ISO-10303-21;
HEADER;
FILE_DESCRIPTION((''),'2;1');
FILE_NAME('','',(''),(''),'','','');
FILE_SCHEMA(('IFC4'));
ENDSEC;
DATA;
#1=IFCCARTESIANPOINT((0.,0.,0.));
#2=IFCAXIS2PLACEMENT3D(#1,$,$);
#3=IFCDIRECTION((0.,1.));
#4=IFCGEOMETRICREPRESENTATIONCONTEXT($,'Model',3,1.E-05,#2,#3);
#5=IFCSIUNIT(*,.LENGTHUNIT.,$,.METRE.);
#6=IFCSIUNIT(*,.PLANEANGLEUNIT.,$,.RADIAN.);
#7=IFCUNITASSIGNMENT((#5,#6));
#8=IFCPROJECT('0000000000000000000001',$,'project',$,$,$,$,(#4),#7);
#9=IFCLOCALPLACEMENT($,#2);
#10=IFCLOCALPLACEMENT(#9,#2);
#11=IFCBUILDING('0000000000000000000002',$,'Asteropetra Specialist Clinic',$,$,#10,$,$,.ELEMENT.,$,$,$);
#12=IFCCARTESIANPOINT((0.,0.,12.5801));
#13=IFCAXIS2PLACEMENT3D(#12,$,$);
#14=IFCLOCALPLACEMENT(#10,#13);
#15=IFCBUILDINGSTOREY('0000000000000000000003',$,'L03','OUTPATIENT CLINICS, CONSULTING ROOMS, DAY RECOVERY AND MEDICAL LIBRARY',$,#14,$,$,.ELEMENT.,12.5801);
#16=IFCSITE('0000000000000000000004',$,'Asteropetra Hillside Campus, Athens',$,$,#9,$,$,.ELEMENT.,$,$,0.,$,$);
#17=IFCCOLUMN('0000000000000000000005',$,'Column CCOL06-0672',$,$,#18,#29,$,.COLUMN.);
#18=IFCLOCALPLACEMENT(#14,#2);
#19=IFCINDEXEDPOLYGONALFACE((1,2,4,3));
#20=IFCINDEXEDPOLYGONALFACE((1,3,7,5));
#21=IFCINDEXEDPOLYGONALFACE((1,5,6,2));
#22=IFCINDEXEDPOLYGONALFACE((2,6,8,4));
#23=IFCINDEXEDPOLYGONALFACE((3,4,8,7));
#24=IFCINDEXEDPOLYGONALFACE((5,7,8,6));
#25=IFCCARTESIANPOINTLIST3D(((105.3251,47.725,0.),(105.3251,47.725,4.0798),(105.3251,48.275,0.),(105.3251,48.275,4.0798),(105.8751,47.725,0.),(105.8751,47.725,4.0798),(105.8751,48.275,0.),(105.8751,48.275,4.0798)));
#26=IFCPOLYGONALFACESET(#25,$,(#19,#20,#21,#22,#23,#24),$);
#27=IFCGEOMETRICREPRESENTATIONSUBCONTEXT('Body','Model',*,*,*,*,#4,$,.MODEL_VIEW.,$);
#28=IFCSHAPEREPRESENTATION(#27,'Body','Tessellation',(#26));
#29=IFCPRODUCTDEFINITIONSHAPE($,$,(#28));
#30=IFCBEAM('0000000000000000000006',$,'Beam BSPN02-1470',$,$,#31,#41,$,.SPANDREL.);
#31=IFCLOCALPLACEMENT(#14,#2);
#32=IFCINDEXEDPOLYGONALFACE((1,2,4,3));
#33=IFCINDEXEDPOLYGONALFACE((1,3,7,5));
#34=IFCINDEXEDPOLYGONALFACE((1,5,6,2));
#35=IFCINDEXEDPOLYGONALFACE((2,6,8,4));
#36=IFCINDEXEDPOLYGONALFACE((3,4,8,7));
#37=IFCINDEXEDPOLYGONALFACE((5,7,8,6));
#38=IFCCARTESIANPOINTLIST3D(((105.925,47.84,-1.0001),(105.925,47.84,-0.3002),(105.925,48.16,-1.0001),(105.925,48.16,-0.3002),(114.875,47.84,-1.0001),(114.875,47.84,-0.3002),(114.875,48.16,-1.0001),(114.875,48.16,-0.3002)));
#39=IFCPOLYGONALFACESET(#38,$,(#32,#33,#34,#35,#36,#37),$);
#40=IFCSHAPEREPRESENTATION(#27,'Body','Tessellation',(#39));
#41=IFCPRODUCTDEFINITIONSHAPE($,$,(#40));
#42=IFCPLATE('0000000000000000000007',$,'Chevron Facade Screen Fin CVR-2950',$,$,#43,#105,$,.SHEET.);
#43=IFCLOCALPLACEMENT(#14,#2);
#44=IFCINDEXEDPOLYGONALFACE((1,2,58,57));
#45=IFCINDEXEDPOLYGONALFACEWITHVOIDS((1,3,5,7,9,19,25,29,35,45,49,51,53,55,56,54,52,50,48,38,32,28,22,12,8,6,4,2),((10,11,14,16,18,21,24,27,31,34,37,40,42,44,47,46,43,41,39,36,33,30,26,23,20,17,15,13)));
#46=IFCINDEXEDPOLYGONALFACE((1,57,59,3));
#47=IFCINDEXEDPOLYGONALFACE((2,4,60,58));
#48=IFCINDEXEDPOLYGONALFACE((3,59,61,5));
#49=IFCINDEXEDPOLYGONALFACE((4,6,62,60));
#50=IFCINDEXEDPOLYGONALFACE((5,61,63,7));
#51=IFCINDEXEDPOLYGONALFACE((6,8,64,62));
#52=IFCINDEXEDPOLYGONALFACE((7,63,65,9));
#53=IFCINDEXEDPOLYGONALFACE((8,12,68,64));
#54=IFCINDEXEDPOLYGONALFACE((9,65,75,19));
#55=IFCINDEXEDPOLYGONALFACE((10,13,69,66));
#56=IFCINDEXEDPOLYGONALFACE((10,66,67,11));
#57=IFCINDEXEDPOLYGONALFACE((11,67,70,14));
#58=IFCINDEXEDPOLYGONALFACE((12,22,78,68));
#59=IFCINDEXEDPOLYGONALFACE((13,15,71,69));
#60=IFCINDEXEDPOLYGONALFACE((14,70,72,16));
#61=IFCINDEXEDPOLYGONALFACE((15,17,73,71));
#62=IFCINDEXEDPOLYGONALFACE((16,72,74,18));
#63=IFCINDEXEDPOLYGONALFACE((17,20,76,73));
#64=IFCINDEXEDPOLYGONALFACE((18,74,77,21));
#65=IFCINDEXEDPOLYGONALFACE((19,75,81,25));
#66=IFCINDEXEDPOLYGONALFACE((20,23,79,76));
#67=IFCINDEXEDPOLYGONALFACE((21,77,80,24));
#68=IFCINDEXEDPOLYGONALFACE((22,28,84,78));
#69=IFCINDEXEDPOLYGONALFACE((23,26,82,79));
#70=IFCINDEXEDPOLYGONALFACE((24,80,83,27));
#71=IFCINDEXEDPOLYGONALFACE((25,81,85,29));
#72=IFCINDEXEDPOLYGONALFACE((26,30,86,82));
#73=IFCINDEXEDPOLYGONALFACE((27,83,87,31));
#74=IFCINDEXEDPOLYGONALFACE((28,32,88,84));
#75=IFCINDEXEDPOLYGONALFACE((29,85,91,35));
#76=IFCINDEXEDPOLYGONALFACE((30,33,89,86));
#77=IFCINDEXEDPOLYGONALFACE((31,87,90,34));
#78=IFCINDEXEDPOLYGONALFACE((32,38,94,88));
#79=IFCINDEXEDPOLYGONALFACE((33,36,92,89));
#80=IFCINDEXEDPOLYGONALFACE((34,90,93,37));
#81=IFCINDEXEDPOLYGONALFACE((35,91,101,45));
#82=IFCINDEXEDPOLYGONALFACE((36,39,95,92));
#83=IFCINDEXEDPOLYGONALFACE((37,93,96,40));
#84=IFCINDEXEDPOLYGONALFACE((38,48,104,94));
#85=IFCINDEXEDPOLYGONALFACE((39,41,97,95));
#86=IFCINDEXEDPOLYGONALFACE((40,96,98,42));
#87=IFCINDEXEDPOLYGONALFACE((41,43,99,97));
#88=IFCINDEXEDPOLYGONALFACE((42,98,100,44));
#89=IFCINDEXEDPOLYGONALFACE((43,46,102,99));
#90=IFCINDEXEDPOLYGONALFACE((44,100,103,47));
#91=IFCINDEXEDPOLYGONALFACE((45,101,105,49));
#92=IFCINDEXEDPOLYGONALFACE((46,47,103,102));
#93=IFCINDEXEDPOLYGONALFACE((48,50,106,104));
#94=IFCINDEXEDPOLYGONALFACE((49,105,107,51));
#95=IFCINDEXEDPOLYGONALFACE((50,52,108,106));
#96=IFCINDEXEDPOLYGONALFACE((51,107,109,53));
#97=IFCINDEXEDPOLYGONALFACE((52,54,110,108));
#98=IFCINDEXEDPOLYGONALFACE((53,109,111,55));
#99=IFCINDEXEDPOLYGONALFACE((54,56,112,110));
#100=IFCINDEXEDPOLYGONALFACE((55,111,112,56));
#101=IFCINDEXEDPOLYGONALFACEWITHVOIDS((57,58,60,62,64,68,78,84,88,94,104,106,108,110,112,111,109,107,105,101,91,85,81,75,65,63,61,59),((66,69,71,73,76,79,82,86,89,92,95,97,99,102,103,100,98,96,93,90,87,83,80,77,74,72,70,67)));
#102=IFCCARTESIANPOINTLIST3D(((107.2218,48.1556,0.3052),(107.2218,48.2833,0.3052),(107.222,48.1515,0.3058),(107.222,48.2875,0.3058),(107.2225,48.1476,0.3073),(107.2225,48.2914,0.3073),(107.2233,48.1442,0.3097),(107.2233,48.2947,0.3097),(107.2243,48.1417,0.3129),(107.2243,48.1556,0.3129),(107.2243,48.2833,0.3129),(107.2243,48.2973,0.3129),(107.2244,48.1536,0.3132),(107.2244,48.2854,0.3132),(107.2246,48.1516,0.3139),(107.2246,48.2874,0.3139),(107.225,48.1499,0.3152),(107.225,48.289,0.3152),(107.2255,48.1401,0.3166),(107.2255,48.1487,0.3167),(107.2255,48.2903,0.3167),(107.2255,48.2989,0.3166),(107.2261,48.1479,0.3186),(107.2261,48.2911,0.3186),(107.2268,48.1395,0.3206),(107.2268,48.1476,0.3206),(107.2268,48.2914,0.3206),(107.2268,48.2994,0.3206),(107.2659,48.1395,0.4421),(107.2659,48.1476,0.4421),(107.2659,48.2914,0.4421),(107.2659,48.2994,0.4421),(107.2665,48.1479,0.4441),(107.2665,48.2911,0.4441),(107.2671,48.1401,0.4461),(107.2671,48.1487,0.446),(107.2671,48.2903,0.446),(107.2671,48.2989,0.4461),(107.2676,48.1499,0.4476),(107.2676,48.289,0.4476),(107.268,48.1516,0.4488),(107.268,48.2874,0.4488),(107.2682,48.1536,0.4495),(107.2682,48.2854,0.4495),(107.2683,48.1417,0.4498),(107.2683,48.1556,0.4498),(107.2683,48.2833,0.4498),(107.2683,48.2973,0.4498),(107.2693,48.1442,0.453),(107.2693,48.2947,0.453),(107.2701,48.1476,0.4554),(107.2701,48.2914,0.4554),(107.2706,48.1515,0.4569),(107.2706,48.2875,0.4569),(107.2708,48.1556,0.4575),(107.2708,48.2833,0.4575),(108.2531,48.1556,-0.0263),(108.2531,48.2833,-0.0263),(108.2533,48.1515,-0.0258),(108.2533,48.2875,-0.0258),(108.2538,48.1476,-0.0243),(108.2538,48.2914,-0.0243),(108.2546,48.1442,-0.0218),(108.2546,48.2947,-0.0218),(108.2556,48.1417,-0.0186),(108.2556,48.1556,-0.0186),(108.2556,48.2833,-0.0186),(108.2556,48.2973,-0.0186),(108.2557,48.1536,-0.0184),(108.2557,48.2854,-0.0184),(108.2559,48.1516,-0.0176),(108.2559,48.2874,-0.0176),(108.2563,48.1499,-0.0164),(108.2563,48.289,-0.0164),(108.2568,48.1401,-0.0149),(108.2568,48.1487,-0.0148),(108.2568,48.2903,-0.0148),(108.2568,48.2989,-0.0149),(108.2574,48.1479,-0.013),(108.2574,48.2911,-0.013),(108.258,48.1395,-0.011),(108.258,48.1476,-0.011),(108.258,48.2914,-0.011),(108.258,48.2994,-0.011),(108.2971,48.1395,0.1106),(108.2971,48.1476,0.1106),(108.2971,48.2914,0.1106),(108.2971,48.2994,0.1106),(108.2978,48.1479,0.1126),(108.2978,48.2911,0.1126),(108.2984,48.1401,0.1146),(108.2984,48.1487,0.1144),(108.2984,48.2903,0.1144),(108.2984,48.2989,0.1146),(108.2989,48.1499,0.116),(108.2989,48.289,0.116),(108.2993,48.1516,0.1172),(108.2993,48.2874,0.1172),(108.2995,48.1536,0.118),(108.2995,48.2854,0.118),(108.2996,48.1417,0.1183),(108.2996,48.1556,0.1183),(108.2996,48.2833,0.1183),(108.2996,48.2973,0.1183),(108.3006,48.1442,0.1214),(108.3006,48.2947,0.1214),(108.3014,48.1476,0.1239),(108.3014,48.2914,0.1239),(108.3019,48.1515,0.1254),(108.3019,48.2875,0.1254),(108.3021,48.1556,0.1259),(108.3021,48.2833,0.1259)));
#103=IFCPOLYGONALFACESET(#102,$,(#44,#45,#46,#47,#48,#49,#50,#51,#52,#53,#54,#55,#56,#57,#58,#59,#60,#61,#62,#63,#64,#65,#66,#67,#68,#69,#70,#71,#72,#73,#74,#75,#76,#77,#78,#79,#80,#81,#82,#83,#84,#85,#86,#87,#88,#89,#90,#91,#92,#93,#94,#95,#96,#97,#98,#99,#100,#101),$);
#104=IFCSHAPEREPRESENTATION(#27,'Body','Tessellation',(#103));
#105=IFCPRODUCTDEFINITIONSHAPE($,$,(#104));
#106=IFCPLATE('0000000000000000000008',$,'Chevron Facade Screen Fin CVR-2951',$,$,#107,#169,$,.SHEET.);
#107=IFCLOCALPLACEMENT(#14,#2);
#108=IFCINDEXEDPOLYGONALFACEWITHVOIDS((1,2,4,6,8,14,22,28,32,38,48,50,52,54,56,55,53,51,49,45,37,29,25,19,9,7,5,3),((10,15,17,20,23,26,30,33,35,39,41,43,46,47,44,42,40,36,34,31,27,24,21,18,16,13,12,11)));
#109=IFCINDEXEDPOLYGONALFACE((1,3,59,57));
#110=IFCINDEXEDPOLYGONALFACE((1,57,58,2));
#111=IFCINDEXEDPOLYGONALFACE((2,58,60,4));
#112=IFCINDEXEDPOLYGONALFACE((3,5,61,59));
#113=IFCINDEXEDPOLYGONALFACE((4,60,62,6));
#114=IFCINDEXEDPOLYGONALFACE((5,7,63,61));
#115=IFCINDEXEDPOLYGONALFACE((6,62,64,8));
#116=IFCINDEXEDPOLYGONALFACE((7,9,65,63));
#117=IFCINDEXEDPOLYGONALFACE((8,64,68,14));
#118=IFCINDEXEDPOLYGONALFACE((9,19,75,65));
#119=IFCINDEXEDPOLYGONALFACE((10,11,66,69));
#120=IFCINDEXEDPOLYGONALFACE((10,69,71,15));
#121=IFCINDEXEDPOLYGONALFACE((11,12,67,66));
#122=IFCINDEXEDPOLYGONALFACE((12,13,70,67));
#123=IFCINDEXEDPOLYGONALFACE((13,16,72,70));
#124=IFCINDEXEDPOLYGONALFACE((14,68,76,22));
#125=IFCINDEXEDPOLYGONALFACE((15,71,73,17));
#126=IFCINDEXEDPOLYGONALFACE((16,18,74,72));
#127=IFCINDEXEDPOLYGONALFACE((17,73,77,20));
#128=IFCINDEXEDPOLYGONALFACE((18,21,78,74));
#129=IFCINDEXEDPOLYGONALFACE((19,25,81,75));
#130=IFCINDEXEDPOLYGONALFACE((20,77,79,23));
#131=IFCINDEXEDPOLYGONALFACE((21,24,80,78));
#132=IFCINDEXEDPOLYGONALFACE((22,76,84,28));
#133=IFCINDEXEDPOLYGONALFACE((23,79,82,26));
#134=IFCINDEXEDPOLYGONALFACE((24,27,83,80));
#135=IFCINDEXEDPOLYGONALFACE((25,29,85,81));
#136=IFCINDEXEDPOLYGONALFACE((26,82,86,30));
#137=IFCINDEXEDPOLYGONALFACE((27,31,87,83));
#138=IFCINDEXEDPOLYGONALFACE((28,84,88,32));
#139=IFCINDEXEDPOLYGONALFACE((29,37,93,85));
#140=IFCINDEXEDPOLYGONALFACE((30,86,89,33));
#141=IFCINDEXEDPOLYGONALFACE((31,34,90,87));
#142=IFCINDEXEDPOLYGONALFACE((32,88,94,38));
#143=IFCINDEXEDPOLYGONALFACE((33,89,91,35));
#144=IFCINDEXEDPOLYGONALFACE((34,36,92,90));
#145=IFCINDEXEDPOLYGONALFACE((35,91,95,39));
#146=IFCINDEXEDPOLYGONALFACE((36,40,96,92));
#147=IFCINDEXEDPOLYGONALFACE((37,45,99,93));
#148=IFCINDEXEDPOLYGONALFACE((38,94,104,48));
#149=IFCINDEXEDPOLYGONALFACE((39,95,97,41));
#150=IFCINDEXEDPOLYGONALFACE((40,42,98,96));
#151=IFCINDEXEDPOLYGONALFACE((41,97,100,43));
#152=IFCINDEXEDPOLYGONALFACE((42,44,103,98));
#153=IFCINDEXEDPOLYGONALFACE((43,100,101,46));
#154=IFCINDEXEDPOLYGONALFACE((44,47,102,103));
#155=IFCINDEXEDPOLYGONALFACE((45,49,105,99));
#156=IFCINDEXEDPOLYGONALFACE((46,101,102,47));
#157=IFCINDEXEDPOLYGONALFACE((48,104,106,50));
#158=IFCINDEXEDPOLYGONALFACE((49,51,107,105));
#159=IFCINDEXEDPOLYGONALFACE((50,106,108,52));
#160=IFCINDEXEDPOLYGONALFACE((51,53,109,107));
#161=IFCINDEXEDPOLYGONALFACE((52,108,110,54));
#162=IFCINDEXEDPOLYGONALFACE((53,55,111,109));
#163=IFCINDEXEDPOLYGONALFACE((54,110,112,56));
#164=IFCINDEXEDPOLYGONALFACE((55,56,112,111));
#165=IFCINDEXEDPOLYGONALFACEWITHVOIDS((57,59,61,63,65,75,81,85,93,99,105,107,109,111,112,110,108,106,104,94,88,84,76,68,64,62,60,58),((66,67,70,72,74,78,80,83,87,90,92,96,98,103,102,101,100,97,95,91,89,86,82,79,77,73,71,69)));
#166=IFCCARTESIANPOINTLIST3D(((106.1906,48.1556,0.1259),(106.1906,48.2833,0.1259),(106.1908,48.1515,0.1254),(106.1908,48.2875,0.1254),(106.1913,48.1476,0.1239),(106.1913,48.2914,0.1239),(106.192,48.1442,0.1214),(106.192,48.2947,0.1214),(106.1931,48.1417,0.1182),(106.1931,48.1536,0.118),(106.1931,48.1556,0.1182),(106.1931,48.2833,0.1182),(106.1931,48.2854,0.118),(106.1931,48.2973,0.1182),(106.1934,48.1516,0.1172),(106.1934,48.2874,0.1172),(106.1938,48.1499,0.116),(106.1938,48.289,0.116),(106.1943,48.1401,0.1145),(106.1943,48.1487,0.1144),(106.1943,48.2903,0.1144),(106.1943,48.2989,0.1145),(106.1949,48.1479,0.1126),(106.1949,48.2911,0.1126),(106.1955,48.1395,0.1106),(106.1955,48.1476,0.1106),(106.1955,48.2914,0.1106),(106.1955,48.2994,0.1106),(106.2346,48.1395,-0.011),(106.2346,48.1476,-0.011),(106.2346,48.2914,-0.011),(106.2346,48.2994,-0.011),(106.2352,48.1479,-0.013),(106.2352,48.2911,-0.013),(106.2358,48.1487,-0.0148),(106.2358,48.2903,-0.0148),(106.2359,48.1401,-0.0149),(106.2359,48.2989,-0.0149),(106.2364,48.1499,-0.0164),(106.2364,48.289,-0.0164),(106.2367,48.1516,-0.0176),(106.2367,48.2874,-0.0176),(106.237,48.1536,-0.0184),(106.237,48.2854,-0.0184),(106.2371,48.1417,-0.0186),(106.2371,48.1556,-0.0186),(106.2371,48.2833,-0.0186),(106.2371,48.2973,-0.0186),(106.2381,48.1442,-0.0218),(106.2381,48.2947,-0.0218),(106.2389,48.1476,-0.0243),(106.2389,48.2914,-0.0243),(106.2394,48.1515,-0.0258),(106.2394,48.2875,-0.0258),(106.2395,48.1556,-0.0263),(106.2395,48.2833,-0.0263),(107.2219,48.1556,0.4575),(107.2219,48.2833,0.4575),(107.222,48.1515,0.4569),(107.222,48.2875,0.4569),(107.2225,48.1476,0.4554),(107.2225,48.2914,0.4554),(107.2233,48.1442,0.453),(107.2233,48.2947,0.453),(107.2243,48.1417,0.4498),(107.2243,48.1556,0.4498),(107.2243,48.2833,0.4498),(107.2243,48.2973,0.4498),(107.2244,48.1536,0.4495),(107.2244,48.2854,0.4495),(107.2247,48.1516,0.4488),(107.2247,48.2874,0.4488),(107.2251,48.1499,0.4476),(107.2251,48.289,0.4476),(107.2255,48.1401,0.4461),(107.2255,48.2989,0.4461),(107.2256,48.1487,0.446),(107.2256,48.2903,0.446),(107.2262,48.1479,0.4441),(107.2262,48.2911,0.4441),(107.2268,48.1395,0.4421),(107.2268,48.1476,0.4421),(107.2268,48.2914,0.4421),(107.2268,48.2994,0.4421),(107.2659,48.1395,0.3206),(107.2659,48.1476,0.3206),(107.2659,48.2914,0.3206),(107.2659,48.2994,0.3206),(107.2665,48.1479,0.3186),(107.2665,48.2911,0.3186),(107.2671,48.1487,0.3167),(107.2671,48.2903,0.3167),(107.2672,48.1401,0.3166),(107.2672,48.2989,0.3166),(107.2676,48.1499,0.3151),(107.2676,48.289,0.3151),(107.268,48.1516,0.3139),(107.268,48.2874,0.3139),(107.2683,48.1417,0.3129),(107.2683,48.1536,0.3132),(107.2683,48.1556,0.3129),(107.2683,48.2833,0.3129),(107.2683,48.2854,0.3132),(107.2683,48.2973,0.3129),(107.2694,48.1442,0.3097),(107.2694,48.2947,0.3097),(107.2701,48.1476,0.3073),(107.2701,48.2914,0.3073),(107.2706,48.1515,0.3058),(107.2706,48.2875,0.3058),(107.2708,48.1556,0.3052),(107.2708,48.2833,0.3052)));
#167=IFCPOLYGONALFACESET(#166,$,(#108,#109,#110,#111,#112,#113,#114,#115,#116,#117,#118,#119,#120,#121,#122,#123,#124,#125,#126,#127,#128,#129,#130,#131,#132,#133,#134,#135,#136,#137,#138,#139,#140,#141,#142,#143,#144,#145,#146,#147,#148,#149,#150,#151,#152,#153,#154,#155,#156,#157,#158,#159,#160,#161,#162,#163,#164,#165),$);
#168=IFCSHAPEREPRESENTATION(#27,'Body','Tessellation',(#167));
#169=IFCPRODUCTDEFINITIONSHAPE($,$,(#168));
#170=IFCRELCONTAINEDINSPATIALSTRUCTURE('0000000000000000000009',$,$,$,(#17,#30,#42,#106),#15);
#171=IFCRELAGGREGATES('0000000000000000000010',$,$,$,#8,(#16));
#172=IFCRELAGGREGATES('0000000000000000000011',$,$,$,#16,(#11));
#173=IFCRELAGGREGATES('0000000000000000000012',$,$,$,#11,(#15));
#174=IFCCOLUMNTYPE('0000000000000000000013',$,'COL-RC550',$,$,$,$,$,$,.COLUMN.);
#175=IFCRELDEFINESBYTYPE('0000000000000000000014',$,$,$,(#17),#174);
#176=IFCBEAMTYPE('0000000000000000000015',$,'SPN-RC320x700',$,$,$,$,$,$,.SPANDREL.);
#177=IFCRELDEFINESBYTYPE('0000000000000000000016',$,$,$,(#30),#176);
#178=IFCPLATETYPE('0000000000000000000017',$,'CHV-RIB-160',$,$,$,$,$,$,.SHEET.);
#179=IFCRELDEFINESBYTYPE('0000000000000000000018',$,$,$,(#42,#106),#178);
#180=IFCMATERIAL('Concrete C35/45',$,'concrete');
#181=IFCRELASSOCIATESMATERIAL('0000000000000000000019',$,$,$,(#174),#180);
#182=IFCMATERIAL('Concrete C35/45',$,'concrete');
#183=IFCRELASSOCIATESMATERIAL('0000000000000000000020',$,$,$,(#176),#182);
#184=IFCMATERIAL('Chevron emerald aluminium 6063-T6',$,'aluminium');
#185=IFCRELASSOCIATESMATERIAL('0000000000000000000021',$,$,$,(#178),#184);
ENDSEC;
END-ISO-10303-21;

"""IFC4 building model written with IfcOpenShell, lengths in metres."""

from ifc_helpers import new_model, si_unit, direction, frame, origin, origin_2d, place, context, subcontext, project, spatial, rectangle, hollow_rectangle, extrude, material, material_profile, profile_set, type_object, element, save


model = new_model("IFC4")

# Units and contexts
model_context = context("Model", 3, precision=1e-05, world=origin(), true_north=direction((0.0, 1.0)))
body_context = subcontext(model_context, "Body", "Model", "MODEL_VIEW")
ifc_project = project(units=[si_unit("LENGTHUNIT", "METRE"), si_unit("PLANEANGLEUNIT", "RADIAN")], contexts=[model_context])

# Site, building, storey
site_placement = place(None, origin())
site = spatial("IfcSite", under=ifc_project, at=site_placement, Name="Asteropetra Hillside Campus, Athens", CompositionType="ELEMENT", RefElevation=0.0)
building_placement = place(site_placement, origin())
building = spatial("IfcBuilding", under=site, at=building_placement, Name="Asteropetra Specialist Clinic", CompositionType="ELEMENT")
storey_placement = place(building_placement, frame((0.0, 0.0, 12.5801)))
storey = spatial("IfcBuildingStorey", under=building, at=storey_placement, Name="L03", Description="OUTPATIENT CLINICS, CONSULTING ROOMS, DAY RECOVERY AND MEDICAL LIBRARY", CompositionType="ELEMENT", Elevation=12.5801)

# Column
ifc_material_1 = material(Name="Concrete C35/45", Category="concrete")
ifc_material_profile_1 = material_profile(ifc_material_1, rectangle(XDim=0.55, YDim=0.55, at=origin_2d()), Name="RC 550x550")
ifc_profile_set_1 = profile_set([ifc_material_profile_1], Name="Concrete C35/45")
column_type = type_object("IfcColumnType", Name="COL-RC550", PredefinedType="COLUMN", material=ifc_profile_set_1)
column_placement = place(storey_placement, frame((105.6001, 48.0, 0.0), z_axis=(0.0, 0.0, 1.0), x_axis=(1.0, 0.0, 0.0)))
element("IfcColumn", 1, at=column_placement, inside=storey, type_object=column_type, Name="Column CCOL06-0672", PredefinedType="COLUMN", context=body_context, shape_type="SweptSolid", body=[
    extrude(rectangle(XDim=0.55, YDim=0.55, at=origin_2d()), origin(), (0.0, 0.0, 1.0), 4.0798),
])

# Beam
ifc_material_2 = material(Name="Concrete C35/45", Category="concrete")
ifc_material_profile_2 = material_profile(ifc_material_2, rectangle(XDim=0.3201, YDim=0.7, at=origin_2d()), Name="RCS 320x700")
ifc_profile_set_2 = profile_set([ifc_material_profile_2], Name="Concrete C35/45")
beam_type = type_object("IfcBeamType", Name="SPN-RC320x700", PredefinedType="SPANDREL", material=ifc_profile_set_2)
beam_placement = place(storey_placement, frame((105.925, 48.0, -0.6501), z_axis=(1.0, 0.0, 0.0), x_axis=(0.0, 1.0, 0.0)))
element("IfcBeam", 2, at=beam_placement, inside=storey, type_object=beam_type, Name="Beam BSPN02-1470", PredefinedType="SPANDREL", context=body_context, shape_type="SweptSolid", body=[
    extrude(rectangle(XDim=0.3201, YDim=0.7, at=origin_2d()), origin(), (0.0, 0.0, 1.0), 8.95),
])

# Plates
ifc_material_3 = material(Name="Chevron emerald aluminium 6063-T6", Category="aluminium")
ifc_material_profile_3 = material_profile(ifc_material_3, hollow_rectangle(XDim=0.1599, YDim=0.1599, WallThickness=0.0081, InnerFilletRadius=0.0081, OuterFilletRadius=0.0161, at=origin_2d()), Name="SHS 160x160x8.0")
ifc_profile_set_3 = profile_set([ifc_material_profile_3], Name="Chevron emerald aluminium 6063-T6")
plate_type_1 = type_object("IfcPlateType", Name="CHV-RIB-160", PredefinedType="SHEET", material=ifc_profile_set_3)
for number, where, z_axis, x_axis, name in (
    (3, (108.2776, 48.2195, 0.0498), (-0.95201, 0.0, 0.306068), (0.0, -1.0, 0.0), "Chevron Facade Screen Fin CVR-2950"),
    (4, (107.2463, 48.2195, 0.3813), (-0.95201, 0.0, -0.306068), (0.0, -1.0, 0.0), "Chevron Facade Screen Fin CVR-2951"),
):
    element("IfcPlate", number, at=place(storey_placement, frame(where, z_axis=z_axis, x_axis=x_axis)), inside=storey, type_object=plate_type_1, Name=name, PredefinedType="SHEET", context=body_context, shape_type="SweptSolid", body=[
        extrude(hollow_rectangle(XDim=0.1599, YDim=0.1599, WallThickness=0.0081, InnerFilletRadius=0.0081, OuterFilletRadius=0.0161, at=origin_2d()), origin(), (0.0, 0.0, 1.0), 1.0833),
    ])

save(model, "model.ifc")
